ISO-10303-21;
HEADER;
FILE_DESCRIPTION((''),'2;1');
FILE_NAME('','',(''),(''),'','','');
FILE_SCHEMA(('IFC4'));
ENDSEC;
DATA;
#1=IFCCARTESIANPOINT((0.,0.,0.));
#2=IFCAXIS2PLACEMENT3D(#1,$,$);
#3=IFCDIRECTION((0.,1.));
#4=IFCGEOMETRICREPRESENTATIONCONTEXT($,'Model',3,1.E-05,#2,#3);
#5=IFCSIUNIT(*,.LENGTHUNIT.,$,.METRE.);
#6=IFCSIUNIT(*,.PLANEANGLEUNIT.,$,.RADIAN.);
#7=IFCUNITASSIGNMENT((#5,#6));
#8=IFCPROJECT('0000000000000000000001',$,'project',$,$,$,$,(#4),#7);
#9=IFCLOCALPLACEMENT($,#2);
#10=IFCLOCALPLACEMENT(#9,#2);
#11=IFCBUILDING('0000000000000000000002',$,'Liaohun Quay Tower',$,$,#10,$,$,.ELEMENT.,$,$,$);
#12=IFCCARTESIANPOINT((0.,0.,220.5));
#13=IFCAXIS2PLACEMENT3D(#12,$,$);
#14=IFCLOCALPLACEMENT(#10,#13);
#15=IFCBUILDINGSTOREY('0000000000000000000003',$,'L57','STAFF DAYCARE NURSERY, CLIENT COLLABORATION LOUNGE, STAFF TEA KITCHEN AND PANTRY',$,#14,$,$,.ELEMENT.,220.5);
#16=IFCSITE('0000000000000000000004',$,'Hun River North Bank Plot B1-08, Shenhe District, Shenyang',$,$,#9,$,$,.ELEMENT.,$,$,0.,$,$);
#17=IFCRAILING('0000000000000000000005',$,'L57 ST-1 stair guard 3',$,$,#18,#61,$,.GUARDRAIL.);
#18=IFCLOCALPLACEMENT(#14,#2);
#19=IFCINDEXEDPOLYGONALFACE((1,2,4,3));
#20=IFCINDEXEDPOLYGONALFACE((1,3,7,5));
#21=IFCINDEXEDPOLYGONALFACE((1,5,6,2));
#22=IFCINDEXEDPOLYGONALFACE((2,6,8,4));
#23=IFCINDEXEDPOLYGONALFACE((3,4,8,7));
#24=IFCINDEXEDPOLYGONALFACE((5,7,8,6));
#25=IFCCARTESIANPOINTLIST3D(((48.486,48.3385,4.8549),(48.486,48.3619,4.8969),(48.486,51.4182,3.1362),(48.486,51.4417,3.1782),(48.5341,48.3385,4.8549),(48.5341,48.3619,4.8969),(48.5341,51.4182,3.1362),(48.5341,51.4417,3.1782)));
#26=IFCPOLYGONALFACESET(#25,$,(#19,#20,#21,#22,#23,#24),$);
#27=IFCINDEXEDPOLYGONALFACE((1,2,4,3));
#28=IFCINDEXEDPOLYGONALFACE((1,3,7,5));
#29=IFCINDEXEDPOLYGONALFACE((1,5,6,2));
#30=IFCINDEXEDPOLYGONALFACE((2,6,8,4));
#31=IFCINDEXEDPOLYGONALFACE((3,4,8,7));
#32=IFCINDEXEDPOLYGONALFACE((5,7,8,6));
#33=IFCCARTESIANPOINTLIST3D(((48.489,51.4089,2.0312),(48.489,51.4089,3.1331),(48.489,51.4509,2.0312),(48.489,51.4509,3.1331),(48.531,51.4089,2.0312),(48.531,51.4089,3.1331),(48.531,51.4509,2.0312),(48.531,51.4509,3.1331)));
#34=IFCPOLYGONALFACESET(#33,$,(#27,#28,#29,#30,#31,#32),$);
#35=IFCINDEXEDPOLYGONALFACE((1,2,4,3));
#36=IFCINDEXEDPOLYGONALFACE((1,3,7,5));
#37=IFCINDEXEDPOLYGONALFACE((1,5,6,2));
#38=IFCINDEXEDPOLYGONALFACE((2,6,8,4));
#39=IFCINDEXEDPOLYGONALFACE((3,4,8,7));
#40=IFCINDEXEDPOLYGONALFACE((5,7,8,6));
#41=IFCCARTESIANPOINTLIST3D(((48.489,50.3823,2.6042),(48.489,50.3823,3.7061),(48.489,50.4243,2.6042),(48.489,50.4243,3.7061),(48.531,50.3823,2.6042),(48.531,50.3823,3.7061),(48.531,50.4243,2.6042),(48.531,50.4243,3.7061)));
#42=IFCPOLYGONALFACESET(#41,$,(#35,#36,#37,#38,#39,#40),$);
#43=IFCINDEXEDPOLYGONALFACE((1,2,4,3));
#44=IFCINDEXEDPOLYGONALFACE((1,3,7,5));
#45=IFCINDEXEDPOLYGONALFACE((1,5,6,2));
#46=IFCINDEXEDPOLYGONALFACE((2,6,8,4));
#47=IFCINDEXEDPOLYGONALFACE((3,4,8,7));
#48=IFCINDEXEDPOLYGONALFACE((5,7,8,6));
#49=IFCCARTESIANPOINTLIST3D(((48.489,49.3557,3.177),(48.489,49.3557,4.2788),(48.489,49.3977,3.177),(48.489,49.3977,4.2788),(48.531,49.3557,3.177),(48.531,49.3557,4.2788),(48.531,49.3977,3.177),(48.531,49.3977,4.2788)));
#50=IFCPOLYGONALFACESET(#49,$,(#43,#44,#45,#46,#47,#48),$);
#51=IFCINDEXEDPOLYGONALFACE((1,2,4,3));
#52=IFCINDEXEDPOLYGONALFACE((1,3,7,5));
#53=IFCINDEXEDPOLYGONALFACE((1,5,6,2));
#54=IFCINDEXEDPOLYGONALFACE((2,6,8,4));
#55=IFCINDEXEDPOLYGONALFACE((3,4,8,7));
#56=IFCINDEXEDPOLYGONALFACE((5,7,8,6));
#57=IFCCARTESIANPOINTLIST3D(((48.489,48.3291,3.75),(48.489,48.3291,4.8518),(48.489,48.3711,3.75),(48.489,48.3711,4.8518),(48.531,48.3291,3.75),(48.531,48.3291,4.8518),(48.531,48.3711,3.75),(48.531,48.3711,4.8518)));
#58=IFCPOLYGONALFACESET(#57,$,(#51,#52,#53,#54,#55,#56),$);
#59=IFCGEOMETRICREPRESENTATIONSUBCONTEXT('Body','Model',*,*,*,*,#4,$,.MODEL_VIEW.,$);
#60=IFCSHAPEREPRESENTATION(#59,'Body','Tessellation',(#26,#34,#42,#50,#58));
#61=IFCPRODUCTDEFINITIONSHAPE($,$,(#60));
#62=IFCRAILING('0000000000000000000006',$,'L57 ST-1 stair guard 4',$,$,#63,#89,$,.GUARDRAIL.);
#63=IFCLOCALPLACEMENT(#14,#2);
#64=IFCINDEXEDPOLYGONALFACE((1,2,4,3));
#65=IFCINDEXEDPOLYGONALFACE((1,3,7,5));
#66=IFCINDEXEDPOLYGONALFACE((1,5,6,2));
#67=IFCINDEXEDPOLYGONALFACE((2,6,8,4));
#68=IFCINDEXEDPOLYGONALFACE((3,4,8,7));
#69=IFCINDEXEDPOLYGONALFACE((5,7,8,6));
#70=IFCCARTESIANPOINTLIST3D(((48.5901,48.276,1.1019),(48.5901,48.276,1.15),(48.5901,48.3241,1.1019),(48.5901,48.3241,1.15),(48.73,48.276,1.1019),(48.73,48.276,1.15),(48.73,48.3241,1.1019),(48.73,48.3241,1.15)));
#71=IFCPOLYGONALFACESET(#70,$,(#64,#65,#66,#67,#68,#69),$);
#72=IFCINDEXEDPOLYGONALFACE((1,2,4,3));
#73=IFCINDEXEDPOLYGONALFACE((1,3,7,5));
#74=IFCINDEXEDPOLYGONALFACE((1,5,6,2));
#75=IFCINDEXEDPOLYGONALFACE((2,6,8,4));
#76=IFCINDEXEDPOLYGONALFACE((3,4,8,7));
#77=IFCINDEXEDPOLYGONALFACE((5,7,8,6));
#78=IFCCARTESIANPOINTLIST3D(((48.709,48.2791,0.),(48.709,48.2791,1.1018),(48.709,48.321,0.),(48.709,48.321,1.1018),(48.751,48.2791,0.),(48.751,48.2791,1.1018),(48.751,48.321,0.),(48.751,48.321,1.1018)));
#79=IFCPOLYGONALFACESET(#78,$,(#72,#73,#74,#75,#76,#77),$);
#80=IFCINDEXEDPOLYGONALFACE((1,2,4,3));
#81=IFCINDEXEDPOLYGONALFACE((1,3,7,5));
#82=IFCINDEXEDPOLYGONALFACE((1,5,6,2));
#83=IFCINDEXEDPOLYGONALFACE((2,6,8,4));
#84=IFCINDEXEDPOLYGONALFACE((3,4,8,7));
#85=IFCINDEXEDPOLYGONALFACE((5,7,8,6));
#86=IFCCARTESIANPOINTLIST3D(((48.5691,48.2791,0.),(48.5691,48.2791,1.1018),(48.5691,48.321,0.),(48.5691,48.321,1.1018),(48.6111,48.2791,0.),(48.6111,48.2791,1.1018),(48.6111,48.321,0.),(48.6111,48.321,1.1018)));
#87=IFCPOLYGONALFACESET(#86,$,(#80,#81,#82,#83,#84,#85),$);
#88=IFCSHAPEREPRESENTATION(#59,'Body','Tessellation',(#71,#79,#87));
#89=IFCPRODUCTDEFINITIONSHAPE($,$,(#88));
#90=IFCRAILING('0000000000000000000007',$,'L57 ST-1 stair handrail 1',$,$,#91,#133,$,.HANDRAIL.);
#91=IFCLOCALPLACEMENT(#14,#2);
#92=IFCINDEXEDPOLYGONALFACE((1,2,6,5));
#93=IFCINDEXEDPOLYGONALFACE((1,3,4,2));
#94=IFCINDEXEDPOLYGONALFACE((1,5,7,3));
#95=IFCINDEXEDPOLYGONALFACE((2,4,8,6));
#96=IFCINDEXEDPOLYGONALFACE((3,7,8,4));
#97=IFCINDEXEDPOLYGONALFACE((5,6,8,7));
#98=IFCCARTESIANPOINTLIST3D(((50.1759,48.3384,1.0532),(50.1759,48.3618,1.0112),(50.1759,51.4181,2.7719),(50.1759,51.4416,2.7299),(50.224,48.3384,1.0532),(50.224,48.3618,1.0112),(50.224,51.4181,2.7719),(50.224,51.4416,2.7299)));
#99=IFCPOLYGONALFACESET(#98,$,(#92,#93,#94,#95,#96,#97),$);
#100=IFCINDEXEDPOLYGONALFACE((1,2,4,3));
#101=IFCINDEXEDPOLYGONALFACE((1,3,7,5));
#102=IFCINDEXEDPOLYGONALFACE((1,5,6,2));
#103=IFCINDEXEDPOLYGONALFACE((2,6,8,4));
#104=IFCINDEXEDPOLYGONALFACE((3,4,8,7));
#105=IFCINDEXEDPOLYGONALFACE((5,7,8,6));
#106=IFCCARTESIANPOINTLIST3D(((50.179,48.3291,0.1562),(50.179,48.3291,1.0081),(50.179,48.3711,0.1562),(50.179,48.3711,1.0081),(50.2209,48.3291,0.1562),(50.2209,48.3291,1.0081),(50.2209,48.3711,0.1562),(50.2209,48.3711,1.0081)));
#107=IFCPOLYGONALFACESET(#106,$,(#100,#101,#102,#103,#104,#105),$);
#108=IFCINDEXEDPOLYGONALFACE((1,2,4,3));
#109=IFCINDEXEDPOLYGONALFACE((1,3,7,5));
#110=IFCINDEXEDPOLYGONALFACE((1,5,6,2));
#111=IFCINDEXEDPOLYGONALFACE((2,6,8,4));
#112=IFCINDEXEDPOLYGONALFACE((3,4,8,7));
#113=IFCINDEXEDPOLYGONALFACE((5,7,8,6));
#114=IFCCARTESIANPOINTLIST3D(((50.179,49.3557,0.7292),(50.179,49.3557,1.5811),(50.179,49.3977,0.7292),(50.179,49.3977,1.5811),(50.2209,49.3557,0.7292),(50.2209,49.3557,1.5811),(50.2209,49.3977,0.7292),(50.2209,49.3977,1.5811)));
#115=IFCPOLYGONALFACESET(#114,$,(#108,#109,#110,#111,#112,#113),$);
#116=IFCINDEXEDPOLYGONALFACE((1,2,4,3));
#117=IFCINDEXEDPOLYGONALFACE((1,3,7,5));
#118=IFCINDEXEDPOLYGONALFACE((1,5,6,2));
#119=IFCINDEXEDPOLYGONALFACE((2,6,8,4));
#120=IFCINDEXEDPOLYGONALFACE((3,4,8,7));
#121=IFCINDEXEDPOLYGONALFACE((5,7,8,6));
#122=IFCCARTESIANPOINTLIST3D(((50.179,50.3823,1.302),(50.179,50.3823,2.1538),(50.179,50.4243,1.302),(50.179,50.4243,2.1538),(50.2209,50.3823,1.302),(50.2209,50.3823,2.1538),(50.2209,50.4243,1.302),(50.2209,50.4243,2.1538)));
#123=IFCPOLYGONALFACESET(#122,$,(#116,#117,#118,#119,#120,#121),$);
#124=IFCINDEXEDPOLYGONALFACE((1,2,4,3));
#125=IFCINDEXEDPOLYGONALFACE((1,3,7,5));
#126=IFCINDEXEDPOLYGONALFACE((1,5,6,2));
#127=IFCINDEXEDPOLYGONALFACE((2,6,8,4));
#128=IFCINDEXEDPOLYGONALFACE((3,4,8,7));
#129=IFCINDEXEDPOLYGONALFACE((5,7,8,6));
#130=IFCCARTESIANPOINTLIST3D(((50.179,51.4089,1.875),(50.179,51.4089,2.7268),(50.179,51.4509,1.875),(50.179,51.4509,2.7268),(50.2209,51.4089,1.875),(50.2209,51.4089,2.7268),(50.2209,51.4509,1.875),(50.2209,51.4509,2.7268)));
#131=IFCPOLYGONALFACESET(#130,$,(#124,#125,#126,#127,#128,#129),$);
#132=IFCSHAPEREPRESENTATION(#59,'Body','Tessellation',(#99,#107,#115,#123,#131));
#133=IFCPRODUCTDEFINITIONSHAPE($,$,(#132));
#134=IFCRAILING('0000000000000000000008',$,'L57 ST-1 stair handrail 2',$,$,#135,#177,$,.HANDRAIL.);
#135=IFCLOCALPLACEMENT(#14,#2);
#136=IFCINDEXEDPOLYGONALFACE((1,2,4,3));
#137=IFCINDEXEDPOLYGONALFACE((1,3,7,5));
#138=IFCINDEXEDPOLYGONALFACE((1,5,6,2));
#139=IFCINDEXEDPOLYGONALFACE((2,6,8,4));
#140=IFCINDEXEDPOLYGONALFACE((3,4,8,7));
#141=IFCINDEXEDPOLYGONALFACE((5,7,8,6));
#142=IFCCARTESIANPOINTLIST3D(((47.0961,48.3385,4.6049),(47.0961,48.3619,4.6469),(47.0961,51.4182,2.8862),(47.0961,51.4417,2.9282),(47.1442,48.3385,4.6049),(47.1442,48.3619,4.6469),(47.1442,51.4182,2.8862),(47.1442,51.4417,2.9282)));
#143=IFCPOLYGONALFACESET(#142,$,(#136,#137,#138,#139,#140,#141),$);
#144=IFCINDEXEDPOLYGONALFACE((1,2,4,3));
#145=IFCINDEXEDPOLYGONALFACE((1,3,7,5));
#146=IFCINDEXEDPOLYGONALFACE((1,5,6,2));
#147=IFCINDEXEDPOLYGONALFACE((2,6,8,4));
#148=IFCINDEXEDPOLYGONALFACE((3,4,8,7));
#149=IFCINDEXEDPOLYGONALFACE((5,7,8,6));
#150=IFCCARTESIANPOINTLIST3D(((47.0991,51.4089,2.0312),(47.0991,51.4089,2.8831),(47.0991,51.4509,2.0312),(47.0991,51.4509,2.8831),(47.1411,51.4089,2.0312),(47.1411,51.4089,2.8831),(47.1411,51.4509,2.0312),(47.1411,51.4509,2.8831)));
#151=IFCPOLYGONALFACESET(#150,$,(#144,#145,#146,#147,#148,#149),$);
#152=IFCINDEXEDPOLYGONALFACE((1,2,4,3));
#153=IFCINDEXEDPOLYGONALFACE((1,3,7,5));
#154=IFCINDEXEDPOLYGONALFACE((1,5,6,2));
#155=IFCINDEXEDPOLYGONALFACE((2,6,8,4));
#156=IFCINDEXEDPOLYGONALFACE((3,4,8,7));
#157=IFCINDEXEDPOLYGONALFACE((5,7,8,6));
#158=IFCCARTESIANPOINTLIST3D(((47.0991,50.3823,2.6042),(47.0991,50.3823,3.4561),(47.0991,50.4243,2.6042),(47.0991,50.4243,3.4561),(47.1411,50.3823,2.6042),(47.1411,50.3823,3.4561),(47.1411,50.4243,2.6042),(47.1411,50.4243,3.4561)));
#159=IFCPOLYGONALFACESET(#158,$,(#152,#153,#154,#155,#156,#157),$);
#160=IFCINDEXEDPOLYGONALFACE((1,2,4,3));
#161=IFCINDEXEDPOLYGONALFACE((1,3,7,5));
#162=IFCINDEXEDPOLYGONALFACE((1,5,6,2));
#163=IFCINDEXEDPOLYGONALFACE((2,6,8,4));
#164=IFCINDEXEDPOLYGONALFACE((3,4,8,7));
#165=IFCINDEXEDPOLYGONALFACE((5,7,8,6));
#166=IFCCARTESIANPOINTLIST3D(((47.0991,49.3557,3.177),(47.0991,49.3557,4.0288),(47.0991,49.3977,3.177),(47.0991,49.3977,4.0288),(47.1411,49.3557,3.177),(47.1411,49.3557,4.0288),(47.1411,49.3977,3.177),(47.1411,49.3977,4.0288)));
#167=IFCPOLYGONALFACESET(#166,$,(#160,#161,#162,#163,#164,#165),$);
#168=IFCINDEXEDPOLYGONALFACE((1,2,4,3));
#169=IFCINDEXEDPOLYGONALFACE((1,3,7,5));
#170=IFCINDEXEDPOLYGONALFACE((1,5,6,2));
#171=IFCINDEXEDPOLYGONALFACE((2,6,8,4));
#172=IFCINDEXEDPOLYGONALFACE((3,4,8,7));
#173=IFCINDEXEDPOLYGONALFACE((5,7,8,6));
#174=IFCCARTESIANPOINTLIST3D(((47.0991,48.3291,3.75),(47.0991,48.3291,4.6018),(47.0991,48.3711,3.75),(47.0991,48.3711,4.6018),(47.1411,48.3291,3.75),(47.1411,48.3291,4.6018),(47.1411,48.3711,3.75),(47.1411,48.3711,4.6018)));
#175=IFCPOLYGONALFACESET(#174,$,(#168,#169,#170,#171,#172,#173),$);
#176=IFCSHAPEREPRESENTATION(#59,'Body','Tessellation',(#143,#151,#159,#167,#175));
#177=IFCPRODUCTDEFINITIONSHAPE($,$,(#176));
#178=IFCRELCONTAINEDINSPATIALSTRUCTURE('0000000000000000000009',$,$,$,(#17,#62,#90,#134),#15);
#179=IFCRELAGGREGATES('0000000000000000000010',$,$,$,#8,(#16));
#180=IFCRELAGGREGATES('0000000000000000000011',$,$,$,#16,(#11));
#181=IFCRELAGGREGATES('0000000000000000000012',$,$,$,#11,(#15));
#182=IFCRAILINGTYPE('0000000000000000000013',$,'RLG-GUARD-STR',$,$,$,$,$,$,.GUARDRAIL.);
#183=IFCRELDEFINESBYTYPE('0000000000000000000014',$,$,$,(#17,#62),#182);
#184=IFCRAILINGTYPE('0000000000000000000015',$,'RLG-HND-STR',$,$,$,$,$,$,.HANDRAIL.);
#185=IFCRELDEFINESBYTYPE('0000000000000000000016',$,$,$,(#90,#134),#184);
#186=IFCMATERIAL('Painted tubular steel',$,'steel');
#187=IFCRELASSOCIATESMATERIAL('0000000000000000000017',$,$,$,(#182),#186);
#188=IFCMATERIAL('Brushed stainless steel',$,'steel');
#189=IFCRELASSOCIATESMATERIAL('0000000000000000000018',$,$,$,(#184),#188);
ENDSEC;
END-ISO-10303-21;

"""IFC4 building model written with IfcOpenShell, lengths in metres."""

from ifc_helpers import new_model, si_unit, direction, frame, origin, origin_2d, place, context, subcontext, project, spatial, rectangle, extrude, material, type_object, element, save


model = new_model("IFC4")

# Units and contexts
model_context = context("Model", 3, precision=1e-05, world=origin(), true_north=direction((0.0, 1.0)))
body_context = subcontext(model_context, "Body", "Model", "MODEL_VIEW")
ifc_project = project(units=[si_unit("LENGTHUNIT", "METRE"), si_unit("PLANEANGLEUNIT", "RADIAN")], contexts=[model_context])

# Site, building, storey
site_placement = place(None, origin())
site = spatial("IfcSite", under=ifc_project, at=site_placement, Name="Hun River North Bank Plot B1-08, Shenhe District, Shenyang", CompositionType="ELEMENT", RefElevation=0.0)
building_placement = place(site_placement, origin())
building = spatial("IfcBuilding", under=site, at=building_placement, Name="Liaohun Quay Tower", CompositionType="ELEMENT")
storey_placement = place(building_placement, frame((0.0, 0.0, 220.5)))
storey = spatial("IfcBuildingStorey", under=building, at=storey_placement, Name="L57", Description="STAFF DAYCARE NURSERY, CLIENT COLLABORATION LOUNGE, STAFF TEA KITCHEN AND PANTRY", CompositionType="ELEMENT", Elevation=220.5)

# Railings
ifc_material_1 = material(Name="Painted tubular steel", Category="steel")
railing_type_1 = type_object("IfcRailingType", Name="RLG-GUARD-STR", PredefinedType="GUARDRAIL", material=ifc_material_1)
railing_1_placement = place(storey_placement, frame((48.51, 51.4299, 2.0312)))
element("IfcRailing", 1, at=railing_1_placement, inside=storey, type_object=railing_type_1, Name="L57 ST-1 stair guard 3", PredefinedType="GUARDRAIL", context=body_context, shape_type="SweptSolid", body=[
    extrude(rectangle(XDim=0.0481, YDim=0.0481, at=origin_2d()), frame((0.0, 0.0, 1.126), z_axis=(0.0, -0.873225, 0.487317), x_axis=(1.0, 0.0, 0.0)), (0.0, 0.0, 1.0), 3.5269),
    extrude(rectangle(XDim=0.042, YDim=0.042, at=origin_2d()), origin(), (0.0, 0.0, 1.0), 1.1018),
    extrude(rectangle(XDim=0.042, YDim=0.042, at=origin_2d()), frame((0.0, -1.0266, 0.573)), (0.0, 0.0, 1.0), 1.1018),
    extrude(rectangle(XDim=0.042, YDim=0.042, at=origin_2d()), frame((0.0, -2.0532, 1.1458)), (0.0, 0.0, 1.0), 1.1018),
    extrude(rectangle(XDim=0.042, YDim=0.042, at=origin_2d()), frame((0.0, -3.0798, 1.7188)), (0.0, 0.0, 1.0), 1.1018),
])
railing_2_placement = place(storey_placement, frame((48.73, 48.3, 0.0)))
element("IfcRailing", 2, at=railing_2_placement, inside=storey, type_object=railing_type_1, Name="L57 ST-1 stair guard 4", PredefinedType="GUARDRAIL", context=body_context, shape_type="SweptSolid", body=[
    extrude(rectangle(XDim=0.0481, YDim=0.0481, at=origin_2d()), frame((0.0, 0.0, 1.126), z_axis=(-1.0, 0.0, 0.0), x_axis=(0.0, -1.0, 0.0)), (0.0, 0.0, 1.0), 0.1399),
    extrude(rectangle(XDim=0.042, YDim=0.042, at=origin_2d()), origin(), (0.0, 0.0, 1.0), 1.1018),
    extrude(rectangle(XDim=0.042, YDim=0.042, at=origin_2d()), frame((-0.1399, 0.0, 0.0)), (0.0, 0.0, 1.0), 1.1018),
])
ifc_material_2 = material(Name="Brushed stainless steel", Category="steel")
railing_type_2 = type_object("IfcRailingType", Name="RLG-HND-STR", PredefinedType="HANDRAIL", material=ifc_material_2)
railing_3_placement = place(storey_placement, frame((50.2, 48.3501, 0.1562)))
element("IfcRailing", 3, at=railing_3_placement, inside=storey, type_object=railing_type_2, Name="L57 ST-1 stair handrail 1", PredefinedType="HANDRAIL", context=body_context, shape_type="SweptSolid", body=[
    extrude(rectangle(XDim=0.0481, YDim=0.0481, at=origin_2d()), frame((0.0, 0.0, 0.876), z_axis=(0.0, 0.873225, 0.487317), x_axis=(-1.0, 0.0, 0.0)), (0.0, 0.0, 1.0), 3.5269),
    extrude(rectangle(XDim=0.042, YDim=0.042, at=origin_2d()), origin(), (0.0, 0.0, 1.0), 0.8518),
    extrude(rectangle(XDim=0.042, YDim=0.042, at=origin_2d()), frame((0.0, 1.0266, 0.573)), (0.0, 0.0, 1.0), 0.8518),
    extrude(rectangle(XDim=0.042, YDim=0.042, at=origin_2d()), frame((0.0, 2.0532, 1.1458)), (0.0, 0.0, 1.0), 0.8518),
    extrude(rectangle(XDim=0.042, YDim=0.042, at=origin_2d()), frame((0.0, 3.0798, 1.7188)), (0.0, 0.0, 1.0), 0.8518),
])
railing_4_placement = place(storey_placement, frame((47.1201, 51.4299, 2.0312)))
element("IfcRailing", 4, at=railing_4_placement, inside=storey, type_object=railing_type_2, Name="L57 ST-1 stair handrail 2", PredefinedType="HANDRAIL", context=body_context, shape_type="SweptSolid", body=[
    extrude(rectangle(XDim=0.0481, YDim=0.0481, at=origin_2d()), frame((0.0, 0.0, 0.876), z_axis=(0.0, -0.873225, 0.487317), x_axis=(1.0, 0.0, 0.0)), (0.0, 0.0, 1.0), 3.5269),
    extrude(rectangle(XDim=0.042, YDim=0.042, at=origin_2d()), origin(), (0.0, 0.0, 1.0), 0.8518),
    extrude(rectangle(XDim=0.042, YDim=0.042, at=origin_2d()), frame((0.0, -1.0266, 0.573)), (0.0, 0.0, 1.0), 0.8518),
    extrude(rectangle(XDim=0.042, YDim=0.042, at=origin_2d()), frame((0.0, -2.0532, 1.1458)), (0.0, 0.0, 1.0), 0.8518),
    extrude(rectangle(XDim=0.042, YDim=0.042, at=origin_2d()), frame((0.0, -3.0798, 1.7188)), (0.0, 0.0, 1.0), 0.8518),
])

save(model, "model.ifc")
